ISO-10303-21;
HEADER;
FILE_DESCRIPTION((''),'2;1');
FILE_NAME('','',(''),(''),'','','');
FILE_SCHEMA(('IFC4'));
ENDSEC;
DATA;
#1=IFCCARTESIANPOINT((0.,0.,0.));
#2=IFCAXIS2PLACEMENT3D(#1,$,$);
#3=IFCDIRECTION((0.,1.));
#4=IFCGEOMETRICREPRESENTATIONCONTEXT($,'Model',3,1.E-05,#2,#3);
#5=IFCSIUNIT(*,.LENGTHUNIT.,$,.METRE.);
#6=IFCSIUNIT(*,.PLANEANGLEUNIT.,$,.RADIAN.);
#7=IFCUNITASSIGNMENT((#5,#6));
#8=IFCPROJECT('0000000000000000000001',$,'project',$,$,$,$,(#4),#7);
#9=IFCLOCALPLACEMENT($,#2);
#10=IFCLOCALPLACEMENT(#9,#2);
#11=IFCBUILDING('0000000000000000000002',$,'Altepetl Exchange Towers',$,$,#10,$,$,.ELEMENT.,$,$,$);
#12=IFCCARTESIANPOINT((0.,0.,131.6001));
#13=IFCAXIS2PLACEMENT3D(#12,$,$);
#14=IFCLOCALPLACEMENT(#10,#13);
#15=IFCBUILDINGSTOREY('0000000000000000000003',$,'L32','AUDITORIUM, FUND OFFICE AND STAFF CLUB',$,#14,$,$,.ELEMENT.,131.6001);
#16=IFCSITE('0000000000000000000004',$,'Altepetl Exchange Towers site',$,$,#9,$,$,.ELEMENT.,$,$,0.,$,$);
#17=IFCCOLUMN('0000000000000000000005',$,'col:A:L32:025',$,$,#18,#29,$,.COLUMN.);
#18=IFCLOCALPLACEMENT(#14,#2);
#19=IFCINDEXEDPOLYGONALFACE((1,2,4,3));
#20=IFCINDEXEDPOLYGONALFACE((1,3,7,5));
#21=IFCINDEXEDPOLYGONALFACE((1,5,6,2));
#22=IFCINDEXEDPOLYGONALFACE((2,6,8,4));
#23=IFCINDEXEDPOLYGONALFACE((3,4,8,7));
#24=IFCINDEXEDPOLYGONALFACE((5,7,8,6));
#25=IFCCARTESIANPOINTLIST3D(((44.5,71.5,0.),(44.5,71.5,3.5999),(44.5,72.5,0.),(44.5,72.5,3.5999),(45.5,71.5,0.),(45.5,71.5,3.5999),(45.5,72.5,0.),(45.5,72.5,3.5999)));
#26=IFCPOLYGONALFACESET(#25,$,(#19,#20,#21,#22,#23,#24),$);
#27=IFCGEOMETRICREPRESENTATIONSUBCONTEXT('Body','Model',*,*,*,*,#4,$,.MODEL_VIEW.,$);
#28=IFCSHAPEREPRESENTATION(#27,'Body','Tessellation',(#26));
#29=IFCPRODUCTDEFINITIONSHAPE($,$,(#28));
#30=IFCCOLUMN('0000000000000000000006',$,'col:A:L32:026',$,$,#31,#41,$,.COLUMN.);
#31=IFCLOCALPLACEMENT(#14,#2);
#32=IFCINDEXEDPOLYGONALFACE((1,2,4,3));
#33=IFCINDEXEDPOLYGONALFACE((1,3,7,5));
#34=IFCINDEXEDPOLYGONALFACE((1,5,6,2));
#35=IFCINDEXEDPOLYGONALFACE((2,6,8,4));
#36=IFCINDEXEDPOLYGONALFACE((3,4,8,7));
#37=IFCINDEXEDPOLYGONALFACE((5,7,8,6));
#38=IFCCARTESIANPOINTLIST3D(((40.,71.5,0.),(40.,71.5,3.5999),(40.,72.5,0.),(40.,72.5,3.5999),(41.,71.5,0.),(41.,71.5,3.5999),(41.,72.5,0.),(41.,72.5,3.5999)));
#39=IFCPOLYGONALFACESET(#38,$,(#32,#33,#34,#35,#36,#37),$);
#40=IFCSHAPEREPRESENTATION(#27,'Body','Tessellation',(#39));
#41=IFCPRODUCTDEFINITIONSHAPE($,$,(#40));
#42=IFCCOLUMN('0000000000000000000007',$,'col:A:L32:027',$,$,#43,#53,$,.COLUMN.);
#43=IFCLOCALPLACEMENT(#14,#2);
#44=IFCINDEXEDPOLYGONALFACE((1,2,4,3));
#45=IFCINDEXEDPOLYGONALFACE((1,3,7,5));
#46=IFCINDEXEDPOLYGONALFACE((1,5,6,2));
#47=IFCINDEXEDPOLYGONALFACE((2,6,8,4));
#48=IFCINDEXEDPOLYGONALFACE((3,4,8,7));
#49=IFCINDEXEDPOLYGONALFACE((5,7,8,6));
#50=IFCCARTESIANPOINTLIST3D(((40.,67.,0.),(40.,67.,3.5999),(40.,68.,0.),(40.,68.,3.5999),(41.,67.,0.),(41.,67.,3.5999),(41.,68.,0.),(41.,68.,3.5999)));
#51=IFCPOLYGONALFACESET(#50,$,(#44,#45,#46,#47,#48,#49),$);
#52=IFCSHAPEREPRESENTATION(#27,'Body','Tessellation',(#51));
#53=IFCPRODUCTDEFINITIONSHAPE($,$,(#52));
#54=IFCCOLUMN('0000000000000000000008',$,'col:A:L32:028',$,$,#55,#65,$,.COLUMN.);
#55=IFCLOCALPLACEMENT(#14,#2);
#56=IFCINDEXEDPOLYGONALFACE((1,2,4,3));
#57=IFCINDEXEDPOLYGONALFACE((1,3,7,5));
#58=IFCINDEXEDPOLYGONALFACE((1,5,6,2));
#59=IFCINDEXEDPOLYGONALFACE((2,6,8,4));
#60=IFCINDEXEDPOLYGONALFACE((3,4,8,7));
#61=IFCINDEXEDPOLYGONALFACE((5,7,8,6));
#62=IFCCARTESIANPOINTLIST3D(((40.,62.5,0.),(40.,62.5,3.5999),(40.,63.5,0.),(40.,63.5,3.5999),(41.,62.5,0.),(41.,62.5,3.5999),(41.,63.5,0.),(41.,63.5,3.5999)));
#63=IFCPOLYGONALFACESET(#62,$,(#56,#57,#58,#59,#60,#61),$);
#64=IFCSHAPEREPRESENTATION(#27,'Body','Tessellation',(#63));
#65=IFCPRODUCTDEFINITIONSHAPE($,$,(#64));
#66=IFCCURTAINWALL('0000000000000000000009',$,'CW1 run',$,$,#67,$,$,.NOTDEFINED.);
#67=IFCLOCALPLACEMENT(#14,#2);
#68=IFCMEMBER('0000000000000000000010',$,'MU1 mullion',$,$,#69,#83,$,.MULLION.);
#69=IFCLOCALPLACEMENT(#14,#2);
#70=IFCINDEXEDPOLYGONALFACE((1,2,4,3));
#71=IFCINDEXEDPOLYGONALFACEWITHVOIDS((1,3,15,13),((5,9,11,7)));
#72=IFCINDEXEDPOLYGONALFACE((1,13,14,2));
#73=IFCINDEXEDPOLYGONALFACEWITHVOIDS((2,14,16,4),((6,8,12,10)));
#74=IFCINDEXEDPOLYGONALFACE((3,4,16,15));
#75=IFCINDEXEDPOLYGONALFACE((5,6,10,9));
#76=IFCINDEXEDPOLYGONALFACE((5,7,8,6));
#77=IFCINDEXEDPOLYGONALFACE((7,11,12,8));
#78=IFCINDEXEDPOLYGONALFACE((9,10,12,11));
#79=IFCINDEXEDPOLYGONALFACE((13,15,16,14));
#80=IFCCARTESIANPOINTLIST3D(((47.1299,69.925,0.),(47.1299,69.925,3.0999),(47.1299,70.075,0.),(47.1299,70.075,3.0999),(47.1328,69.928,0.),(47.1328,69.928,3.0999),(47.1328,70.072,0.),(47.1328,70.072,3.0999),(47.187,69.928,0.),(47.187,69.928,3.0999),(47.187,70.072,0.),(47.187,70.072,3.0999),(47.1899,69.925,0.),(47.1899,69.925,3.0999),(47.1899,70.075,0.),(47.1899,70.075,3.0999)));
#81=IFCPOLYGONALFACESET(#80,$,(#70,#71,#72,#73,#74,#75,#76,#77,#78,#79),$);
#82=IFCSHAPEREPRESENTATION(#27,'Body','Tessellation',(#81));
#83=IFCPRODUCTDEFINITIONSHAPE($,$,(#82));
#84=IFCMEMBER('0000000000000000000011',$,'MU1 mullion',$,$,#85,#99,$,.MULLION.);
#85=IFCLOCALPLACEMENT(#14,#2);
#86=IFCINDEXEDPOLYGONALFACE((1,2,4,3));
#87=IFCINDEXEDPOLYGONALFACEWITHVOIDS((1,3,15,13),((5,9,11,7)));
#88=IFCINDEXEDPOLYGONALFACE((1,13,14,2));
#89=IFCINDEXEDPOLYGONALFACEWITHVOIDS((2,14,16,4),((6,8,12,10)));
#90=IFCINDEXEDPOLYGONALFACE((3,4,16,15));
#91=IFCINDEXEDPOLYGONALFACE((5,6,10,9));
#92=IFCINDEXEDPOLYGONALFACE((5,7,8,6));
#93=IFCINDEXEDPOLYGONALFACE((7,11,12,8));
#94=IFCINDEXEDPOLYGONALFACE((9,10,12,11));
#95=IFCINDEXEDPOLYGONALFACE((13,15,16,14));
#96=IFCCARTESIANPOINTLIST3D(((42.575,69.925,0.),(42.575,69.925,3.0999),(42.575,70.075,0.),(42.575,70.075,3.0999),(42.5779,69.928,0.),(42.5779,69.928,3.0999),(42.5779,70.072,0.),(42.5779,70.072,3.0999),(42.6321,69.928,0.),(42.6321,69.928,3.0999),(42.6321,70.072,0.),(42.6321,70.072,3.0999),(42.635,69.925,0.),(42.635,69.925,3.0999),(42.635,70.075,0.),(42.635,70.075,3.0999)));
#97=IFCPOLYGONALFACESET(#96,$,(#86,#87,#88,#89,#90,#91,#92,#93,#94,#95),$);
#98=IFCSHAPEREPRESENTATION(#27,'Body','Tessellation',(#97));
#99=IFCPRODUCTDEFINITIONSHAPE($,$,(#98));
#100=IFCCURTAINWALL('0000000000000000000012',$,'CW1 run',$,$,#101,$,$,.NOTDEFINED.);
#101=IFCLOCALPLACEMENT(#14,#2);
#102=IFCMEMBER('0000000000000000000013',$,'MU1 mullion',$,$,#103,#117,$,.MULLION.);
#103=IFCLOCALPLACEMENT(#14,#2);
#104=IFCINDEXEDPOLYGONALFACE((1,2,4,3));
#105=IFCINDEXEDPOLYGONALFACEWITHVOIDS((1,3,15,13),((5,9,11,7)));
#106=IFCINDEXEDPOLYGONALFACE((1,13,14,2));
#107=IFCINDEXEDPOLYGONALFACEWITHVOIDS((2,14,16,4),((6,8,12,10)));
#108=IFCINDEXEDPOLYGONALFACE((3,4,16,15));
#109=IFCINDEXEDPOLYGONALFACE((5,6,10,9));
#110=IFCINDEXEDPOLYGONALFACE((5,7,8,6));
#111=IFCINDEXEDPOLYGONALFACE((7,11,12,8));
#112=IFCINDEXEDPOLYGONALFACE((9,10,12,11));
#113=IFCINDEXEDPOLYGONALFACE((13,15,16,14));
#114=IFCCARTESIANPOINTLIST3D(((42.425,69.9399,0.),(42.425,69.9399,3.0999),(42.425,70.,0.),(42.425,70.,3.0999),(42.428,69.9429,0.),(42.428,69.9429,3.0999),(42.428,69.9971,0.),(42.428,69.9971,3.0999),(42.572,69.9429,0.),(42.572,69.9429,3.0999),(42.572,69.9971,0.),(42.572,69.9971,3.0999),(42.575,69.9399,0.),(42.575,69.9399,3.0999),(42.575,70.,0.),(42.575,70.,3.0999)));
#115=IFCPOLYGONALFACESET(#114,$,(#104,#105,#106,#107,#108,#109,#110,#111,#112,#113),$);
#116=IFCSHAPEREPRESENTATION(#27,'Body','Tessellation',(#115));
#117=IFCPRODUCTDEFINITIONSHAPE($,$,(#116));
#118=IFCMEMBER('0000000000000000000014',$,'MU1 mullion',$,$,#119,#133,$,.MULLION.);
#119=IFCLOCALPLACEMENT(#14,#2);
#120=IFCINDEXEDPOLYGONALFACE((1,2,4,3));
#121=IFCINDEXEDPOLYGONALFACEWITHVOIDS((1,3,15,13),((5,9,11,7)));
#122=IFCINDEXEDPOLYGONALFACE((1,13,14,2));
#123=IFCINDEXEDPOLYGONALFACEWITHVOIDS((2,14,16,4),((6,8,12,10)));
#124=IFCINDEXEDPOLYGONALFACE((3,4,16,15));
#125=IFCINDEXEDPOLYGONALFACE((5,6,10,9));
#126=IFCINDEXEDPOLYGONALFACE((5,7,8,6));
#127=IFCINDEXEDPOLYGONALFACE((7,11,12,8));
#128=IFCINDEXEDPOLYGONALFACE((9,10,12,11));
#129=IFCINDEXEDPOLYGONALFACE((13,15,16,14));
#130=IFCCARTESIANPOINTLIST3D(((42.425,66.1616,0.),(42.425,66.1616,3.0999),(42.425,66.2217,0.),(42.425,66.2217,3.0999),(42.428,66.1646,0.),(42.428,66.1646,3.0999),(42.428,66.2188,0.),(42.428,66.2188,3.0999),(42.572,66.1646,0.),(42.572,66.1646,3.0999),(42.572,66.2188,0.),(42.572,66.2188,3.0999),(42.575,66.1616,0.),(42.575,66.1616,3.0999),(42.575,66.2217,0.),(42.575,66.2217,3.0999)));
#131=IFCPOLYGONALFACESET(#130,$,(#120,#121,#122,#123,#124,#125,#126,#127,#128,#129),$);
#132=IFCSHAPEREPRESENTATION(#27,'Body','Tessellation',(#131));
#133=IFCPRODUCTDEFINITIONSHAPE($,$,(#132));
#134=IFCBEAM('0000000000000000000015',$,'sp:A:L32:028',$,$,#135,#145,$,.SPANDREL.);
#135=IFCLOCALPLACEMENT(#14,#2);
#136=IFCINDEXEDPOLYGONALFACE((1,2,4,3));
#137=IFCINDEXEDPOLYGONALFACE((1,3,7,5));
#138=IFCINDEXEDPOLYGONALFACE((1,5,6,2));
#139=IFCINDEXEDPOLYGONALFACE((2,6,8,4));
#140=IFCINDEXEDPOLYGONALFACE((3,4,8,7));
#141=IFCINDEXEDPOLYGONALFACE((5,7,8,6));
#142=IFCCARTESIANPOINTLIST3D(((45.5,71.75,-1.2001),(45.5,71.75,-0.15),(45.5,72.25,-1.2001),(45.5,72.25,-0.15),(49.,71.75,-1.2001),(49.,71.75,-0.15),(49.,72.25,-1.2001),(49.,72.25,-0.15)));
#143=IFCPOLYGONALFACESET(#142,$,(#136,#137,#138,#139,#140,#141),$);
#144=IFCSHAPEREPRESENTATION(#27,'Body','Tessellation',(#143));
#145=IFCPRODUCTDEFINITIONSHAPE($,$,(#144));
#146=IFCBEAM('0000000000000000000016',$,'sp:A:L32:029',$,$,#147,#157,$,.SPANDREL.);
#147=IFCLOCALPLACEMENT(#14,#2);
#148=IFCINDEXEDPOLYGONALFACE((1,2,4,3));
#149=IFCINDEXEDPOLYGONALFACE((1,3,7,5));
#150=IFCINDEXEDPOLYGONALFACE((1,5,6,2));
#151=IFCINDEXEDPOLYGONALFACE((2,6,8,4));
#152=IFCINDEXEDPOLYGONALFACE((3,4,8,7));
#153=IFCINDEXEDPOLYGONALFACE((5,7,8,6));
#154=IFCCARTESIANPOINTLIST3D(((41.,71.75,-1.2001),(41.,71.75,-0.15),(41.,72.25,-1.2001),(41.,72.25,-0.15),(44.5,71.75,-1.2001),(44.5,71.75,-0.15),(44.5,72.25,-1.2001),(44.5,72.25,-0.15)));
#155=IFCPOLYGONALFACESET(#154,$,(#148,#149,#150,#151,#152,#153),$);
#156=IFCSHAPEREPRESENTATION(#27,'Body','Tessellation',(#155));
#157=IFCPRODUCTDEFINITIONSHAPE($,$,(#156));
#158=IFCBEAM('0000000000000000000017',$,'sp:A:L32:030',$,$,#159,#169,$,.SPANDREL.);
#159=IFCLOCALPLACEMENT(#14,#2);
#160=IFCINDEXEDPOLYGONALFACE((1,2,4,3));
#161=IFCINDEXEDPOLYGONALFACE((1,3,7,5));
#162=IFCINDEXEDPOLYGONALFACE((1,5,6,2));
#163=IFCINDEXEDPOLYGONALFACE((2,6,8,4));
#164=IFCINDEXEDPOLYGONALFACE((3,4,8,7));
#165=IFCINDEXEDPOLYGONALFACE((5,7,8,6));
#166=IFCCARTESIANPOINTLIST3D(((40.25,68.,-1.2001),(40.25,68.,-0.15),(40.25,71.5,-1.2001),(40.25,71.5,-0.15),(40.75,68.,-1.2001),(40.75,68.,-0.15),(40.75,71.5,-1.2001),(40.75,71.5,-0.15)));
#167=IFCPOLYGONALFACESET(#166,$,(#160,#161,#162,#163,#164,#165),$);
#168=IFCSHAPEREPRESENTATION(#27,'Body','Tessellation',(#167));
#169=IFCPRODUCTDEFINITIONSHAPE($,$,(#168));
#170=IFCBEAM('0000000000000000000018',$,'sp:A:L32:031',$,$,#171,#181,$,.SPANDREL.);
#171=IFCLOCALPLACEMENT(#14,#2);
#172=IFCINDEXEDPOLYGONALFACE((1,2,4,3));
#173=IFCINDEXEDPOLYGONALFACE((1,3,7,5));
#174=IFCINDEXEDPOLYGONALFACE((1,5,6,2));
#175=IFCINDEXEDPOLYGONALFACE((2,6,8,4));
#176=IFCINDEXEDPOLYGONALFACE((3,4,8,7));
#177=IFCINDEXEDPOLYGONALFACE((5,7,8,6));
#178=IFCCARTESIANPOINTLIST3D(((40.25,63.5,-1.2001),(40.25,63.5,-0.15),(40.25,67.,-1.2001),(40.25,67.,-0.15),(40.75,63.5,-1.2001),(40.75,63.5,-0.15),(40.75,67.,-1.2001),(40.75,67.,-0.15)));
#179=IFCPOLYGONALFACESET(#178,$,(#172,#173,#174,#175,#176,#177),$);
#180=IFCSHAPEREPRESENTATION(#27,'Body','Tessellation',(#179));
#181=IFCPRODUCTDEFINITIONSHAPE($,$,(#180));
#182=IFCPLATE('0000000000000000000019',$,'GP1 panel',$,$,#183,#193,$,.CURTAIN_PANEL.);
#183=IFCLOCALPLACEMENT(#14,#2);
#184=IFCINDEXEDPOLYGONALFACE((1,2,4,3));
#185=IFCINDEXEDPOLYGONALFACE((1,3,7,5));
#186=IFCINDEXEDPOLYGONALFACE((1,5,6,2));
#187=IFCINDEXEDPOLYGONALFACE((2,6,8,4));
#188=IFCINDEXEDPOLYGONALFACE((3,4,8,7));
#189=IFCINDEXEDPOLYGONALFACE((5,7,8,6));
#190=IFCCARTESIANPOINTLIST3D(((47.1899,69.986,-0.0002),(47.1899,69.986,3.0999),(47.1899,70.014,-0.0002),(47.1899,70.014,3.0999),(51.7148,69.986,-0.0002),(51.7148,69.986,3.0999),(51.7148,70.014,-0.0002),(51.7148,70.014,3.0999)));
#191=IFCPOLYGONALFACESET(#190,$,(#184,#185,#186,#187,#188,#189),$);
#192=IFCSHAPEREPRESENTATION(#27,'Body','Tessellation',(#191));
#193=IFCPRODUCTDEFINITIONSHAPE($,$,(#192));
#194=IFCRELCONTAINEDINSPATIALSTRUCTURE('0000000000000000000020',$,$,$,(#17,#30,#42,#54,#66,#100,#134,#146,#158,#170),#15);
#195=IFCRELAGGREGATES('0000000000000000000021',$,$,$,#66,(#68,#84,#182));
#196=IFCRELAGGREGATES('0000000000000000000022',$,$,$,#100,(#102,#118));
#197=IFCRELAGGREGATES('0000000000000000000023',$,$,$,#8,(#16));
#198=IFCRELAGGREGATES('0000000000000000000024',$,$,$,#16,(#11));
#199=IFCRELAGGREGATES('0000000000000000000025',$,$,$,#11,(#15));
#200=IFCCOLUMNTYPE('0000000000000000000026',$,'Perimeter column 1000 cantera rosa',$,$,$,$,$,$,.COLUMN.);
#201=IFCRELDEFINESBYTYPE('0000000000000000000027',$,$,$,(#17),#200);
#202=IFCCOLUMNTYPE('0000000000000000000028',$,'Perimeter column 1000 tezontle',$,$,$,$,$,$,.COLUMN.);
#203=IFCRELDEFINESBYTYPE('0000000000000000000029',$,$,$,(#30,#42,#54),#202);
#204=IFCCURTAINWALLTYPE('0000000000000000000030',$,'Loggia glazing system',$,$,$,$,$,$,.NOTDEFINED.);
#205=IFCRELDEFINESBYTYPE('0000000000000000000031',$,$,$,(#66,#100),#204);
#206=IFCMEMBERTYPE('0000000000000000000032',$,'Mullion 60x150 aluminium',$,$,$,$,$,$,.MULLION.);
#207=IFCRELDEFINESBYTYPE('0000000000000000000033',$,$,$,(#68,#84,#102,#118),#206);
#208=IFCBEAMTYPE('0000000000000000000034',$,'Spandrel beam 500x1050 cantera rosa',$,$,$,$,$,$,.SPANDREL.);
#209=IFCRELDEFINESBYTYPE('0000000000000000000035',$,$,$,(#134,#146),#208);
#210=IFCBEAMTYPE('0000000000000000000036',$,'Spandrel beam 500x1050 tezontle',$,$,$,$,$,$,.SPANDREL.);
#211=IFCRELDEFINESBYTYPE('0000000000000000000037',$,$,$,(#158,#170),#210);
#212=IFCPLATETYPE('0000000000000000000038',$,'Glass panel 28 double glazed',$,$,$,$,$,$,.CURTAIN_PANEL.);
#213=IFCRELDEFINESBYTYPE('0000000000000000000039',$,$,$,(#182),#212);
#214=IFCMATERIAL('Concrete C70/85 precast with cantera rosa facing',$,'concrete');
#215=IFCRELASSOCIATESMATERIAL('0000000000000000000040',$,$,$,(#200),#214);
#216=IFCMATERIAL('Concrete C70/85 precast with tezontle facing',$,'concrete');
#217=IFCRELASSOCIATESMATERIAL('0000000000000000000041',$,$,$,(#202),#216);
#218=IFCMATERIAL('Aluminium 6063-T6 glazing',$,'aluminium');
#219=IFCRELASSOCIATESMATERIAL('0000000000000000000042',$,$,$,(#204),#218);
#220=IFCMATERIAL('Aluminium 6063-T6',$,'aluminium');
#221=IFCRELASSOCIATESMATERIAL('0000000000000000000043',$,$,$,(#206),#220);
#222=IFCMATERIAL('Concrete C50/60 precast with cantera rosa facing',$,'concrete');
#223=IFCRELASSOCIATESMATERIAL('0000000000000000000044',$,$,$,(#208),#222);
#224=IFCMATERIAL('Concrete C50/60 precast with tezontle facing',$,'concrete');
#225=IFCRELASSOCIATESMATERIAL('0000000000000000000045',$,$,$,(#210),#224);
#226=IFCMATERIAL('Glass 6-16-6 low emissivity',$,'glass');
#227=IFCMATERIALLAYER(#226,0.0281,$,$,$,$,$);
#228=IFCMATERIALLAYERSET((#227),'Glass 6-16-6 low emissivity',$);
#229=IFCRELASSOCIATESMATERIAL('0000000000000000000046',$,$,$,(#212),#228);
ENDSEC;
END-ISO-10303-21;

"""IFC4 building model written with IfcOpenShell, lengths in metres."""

from ifc_helpers import new_model, si_unit, direction, frame, origin, origin_2d, place, context, subcontext, project, spatial, rectangle, hollow_rectangle, extrude, material, layer, layer_set, material_profile, profile_set, type_object, element, aggregate, save


model = new_model("IFC4")

# Units and contexts
model_context = context("Model", 3, precision=1e-05, world=origin(), true_north=direction((0.0, 1.0)))
body_context = subcontext(model_context, "Body", "Model", "MODEL_VIEW")
ifc_project = project(units=[si_unit("LENGTHUNIT", "METRE"), si_unit("PLANEANGLEUNIT", "RADIAN")], contexts=[model_context])

# Site, building, storey
site_placement = place(None, origin())
site = spatial("IfcSite", under=ifc_project, at=site_placement, Name="Altepetl Exchange Towers site", CompositionType="ELEMENT", RefElevation=0.0)
building_placement = place(site_placement, origin())
building = spatial("IfcBuilding", under=site, at=building_placement, Name="Altepetl Exchange Towers", CompositionType="ELEMENT")
storey_placement = place(building_placement, frame((0.0, 0.0, 131.6001)))
storey = spatial("IfcBuildingStorey", under=building, at=storey_placement, Name="L32", Description="AUDITORIUM, FUND OFFICE AND STAFF CLUB", CompositionType="ELEMENT", Elevation=131.6001)

# Columns
ifc_material_1 = material(Name="Concrete C70/85 precast with cantera rosa facing", Category="concrete")
ifc_material_profile_1 = material_profile(ifc_material_1, rectangle(XDim=1.0, YDim=1.0, at=origin_2d()), Name="1000 x 1000")
ifc_profile_set_1 = profile_set([ifc_material_profile_1], Name="Concrete C70/85 precast with cantera rosa facing")
column_type_1 = type_object("IfcColumnType", Name="Perimeter column 1000 cantera rosa", PredefinedType="COLUMN", material=ifc_profile_set_1)
column_placement = place(storey_placement, frame((45.0, 72.0, 0.0)))
element("IfcColumn", 1, at=column_placement, inside=storey, type_object=column_type_1, Name="col:A:L32:025", PredefinedType="COLUMN", context=body_context, shape_type="SweptSolid", body=[
    extrude(rectangle(XDim=1.0, YDim=1.0, at=origin_2d()), origin(), (0.0, 0.0, 1.0), 3.5999),
])
ifc_material_2 = material(Name="Concrete C70/85 precast with tezontle facing", Category="concrete")
ifc_material_profile_2 = material_profile(ifc_material_2, rectangle(XDim=1.0, YDim=1.0, at=origin_2d()), Name="1000 x 1000")
ifc_profile_set_2 = profile_set([ifc_material_profile_2], Name="Concrete C70/85 precast with tezontle facing")
column_type_2 = type_object("IfcColumnType", Name="Perimeter column 1000 tezontle", PredefinedType="COLUMN", material=ifc_profile_set_2)
for number, where, name in (
    (2, (40.5, 72.0, 0.0), "col:A:L32:026"),
    (3, (40.5, 67.5, 0.0), "col:A:L32:027"),
    (4, (40.5, 63.0, 0.0), "col:A:L32:028"),
):
    element("IfcColumn", number, at=place(storey_placement, frame(where)), inside=storey, type_object=column_type_2, Name=name, PredefinedType="COLUMN", context=body_context, shape_type="SweptSolid", body=[
        extrude(rectangle(XDim=1.0, YDim=1.0, at=origin_2d()), origin(), (0.0, 0.0, 1.0), 3.5999),
    ])

# Curtain walls, members
ifc_material_3 = material(Name="Aluminium 6063-T6 glazing", Category="aluminium")
curtain_wall_type = type_object("IfcCurtainWallType", Name="Loggia glazing system", PredefinedType="NOTDEFINED", material=ifc_material_3)
curtain_wall_1_placement = place(storey_placement, origin())
curtain_wall_1 = element("IfcCurtainWall", 5, at=curtain_wall_1_placement, inside=storey, type_object=curtain_wall_type, Name="CW1 run", PredefinedType="NOTDEFINED")
ifc_material_4 = material(Name="Aluminium 6063-T6", Category="aluminium")
ifc_material_profile_3 = material_profile(ifc_material_4, hollow_rectangle(XDim=0.0601, YDim=0.1499, WallThickness=0.0029, at=origin_2d()), Name="Mullion 60x150 aluminium")
ifc_profile_set_3 = profile_set([ifc_material_profile_3], Name="Aluminium 6063-T6")
member_type = type_object("IfcMemberType", Name="Mullion 60x150 aluminium", PredefinedType="MULLION", material=ifc_profile_set_3)
member_1_placement = place(storey_placement, frame((47.1599, 70.0, 0.0), z_axis=(0.0, 0.0, 1.0), x_axis=(-1.0, 0.0, 0.0)))
member_1 = element("IfcMember", 6, at=member_1_placement, type_object=member_type, Name="MU1 mullion", PredefinedType="MULLION", context=body_context, shape_type="SweptSolid", body=[
    extrude(hollow_rectangle(XDim=0.0601, YDim=0.1499, WallThickness=0.0029, at=origin_2d()), origin(), (0.0, 0.0, 1.0), 3.0999),
])
member_2_placement = place(storey_placement, frame((42.605, 70.0, 0.0), z_axis=(0.0, 0.0, 1.0), x_axis=(-1.0, 0.0, 0.0)))
member_2 = element("IfcMember", 7, at=member_2_placement, type_object=member_type, Name="MU1 mullion", PredefinedType="MULLION", context=body_context, shape_type="SweptSolid", body=[
    extrude(hollow_rectangle(XDim=0.0601, YDim=0.1499, WallThickness=0.0029, at=origin_2d()), origin(), (0.0, 0.0, 1.0), 3.0999),
])
curtain_wall_2_placement = place(storey_placement, origin())
curtain_wall_2 = element("IfcCurtainWall", 8, at=curtain_wall_2_placement, inside=storey, type_object=curtain_wall_type, Name="CW1 run", PredefinedType="NOTDEFINED")
member_3_placement = place(storey_placement, frame((42.5, 69.97, 0.0), z_axis=(0.0, 0.0, 1.0), x_axis=(0.0, -1.0, 0.0)))
member_3 = element("IfcMember", 9, at=member_3_placement, type_object=member_type, Name="MU1 mullion", PredefinedType="MULLION", context=body_context, shape_type="SweptSolid", body=[
    extrude(hollow_rectangle(XDim=0.0601, YDim=0.1499, WallThickness=0.0029, at=origin_2d()), origin(), (0.0, 0.0, 1.0), 3.0999),
])
member_4_placement = place(storey_placement, frame((42.5, 66.1917, 0.0), z_axis=(0.0, 0.0, 1.0), x_axis=(0.0, -1.0, 0.0)))
member_4 = element("IfcMember", 10, at=member_4_placement, type_object=member_type, Name="MU1 mullion", PredefinedType="MULLION", context=body_context, shape_type="SweptSolid", body=[
    extrude(hollow_rectangle(XDim=0.0601, YDim=0.1499, WallThickness=0.0029, at=origin_2d()), origin(), (0.0, 0.0, 1.0), 3.0999),
])

# Beams
ifc_material_5 = material(Name="Concrete C50/60 precast with cantera rosa facing", Category="concrete")
ifc_material_profile_4 = material_profile(ifc_material_5, rectangle(XDim=0.5, YDim=1.05, at=origin_2d()), Name="500 x 1050")
ifc_profile_set_4 = profile_set([ifc_material_profile_4], Name="Concrete C50/60 precast with cantera rosa facing")
beam_type_1 = type_object("IfcBeamType", Name="Spandrel beam 500x1050 cantera rosa", PredefinedType="SPANDREL", material=ifc_profile_set_4)
for number, where, z_axis, x_axis, name in (
    (11, (49.0, 72.0, -0.675), (-1.0, 0.0, 0.0), (0.0, -1.0, 0.0), "sp:A:L32:028"),
    (12, (44.5, 72.0, -0.675), (-1.0, 0.0, 0.0), (0.0, -1.0, 0.0), "sp:A:L32:029"),
):
    element("IfcBeam", number, at=place(storey_placement, frame(where, z_axis=z_axis, x_axis=x_axis)), inside=storey, type_object=beam_type_1, Name=name, PredefinedType="SPANDREL", context=body_context, shape_type="SweptSolid", body=[
        extrude(rectangle(XDim=0.5, YDim=1.05, at=origin_2d()), origin(), (0.0, 0.0, 1.0), 3.5),
    ])
ifc_material_6 = material(Name="Concrete C50/60 precast with tezontle facing", Category="concrete")
ifc_material_profile_5 = material_profile(ifc_material_6, rectangle(XDim=0.5, YDim=1.05, at=origin_2d()), Name="500 x 1050")
ifc_profile_set_5 = profile_set([ifc_material_profile_5], Name="Concrete C50/60 precast with tezontle facing")
beam_type_2 = type_object("IfcBeamType", Name="Spandrel beam 500x1050 tezontle", PredefinedType="SPANDREL", material=ifc_profile_set_5)
for number, where, z_axis, x_axis, name in (
    (13, (40.5, 71.5, -0.675), (0.0, -1.0, 0.0), (1.0, 0.0, 0.0), "sp:A:L32:030"),
    (14, (40.5, 67.0, -0.675), (0.0, -1.0, 0.0), (1.0, 0.0, 0.0), "sp:A:L32:031"),
):
    element("IfcBeam", number, at=place(storey_placement, frame(where, z_axis=z_axis, x_axis=x_axis)), inside=storey, type_object=beam_type_2, Name=name, PredefinedType="SPANDREL", context=body_context, shape_type="SweptSolid", body=[
        extrude(rectangle(XDim=0.5, YDim=1.05, at=origin_2d()), origin(), (0.0, 0.0, 1.0), 3.5),
    ])

# Plate
ifc_material_7 = material(Name="Glass 6-16-6 low emissivity", Category="glass")
ifc_layer = layer(ifc_material_7, 0.0281)
ifc_layer_set = layer_set([ifc_layer], Name="Glass 6-16-6 low emissivity")
plate_type = type_object("IfcPlateType", Name="Glass panel 28 double glazed", PredefinedType="CURTAIN_PANEL", material=ifc_layer_set)
plate_1_placement = place(storey_placement, frame((49.4524, 70.0, -0.0002), z_axis=(0.0, 0.0, 1.0), x_axis=(-1.0, 0.0, 0.0)))
plate_1 = element("IfcPlate", 15, at=plate_1_placement, type_object=plate_type, Name="GP1 panel", PredefinedType="CURTAIN_PANEL", context=body_context, shape_type="SweptSolid", body=[
    extrude(rectangle(XDim=4.5249, YDim=0.0281, at=origin_2d()), origin(), (0.0, 0.0, 1.0), 3.1001),
])
aggregate(curtain_wall_1, [member_1, member_2, plate_1])
aggregate(curtain_wall_2, [member_3, member_4])

save(model, "model.ifc")
